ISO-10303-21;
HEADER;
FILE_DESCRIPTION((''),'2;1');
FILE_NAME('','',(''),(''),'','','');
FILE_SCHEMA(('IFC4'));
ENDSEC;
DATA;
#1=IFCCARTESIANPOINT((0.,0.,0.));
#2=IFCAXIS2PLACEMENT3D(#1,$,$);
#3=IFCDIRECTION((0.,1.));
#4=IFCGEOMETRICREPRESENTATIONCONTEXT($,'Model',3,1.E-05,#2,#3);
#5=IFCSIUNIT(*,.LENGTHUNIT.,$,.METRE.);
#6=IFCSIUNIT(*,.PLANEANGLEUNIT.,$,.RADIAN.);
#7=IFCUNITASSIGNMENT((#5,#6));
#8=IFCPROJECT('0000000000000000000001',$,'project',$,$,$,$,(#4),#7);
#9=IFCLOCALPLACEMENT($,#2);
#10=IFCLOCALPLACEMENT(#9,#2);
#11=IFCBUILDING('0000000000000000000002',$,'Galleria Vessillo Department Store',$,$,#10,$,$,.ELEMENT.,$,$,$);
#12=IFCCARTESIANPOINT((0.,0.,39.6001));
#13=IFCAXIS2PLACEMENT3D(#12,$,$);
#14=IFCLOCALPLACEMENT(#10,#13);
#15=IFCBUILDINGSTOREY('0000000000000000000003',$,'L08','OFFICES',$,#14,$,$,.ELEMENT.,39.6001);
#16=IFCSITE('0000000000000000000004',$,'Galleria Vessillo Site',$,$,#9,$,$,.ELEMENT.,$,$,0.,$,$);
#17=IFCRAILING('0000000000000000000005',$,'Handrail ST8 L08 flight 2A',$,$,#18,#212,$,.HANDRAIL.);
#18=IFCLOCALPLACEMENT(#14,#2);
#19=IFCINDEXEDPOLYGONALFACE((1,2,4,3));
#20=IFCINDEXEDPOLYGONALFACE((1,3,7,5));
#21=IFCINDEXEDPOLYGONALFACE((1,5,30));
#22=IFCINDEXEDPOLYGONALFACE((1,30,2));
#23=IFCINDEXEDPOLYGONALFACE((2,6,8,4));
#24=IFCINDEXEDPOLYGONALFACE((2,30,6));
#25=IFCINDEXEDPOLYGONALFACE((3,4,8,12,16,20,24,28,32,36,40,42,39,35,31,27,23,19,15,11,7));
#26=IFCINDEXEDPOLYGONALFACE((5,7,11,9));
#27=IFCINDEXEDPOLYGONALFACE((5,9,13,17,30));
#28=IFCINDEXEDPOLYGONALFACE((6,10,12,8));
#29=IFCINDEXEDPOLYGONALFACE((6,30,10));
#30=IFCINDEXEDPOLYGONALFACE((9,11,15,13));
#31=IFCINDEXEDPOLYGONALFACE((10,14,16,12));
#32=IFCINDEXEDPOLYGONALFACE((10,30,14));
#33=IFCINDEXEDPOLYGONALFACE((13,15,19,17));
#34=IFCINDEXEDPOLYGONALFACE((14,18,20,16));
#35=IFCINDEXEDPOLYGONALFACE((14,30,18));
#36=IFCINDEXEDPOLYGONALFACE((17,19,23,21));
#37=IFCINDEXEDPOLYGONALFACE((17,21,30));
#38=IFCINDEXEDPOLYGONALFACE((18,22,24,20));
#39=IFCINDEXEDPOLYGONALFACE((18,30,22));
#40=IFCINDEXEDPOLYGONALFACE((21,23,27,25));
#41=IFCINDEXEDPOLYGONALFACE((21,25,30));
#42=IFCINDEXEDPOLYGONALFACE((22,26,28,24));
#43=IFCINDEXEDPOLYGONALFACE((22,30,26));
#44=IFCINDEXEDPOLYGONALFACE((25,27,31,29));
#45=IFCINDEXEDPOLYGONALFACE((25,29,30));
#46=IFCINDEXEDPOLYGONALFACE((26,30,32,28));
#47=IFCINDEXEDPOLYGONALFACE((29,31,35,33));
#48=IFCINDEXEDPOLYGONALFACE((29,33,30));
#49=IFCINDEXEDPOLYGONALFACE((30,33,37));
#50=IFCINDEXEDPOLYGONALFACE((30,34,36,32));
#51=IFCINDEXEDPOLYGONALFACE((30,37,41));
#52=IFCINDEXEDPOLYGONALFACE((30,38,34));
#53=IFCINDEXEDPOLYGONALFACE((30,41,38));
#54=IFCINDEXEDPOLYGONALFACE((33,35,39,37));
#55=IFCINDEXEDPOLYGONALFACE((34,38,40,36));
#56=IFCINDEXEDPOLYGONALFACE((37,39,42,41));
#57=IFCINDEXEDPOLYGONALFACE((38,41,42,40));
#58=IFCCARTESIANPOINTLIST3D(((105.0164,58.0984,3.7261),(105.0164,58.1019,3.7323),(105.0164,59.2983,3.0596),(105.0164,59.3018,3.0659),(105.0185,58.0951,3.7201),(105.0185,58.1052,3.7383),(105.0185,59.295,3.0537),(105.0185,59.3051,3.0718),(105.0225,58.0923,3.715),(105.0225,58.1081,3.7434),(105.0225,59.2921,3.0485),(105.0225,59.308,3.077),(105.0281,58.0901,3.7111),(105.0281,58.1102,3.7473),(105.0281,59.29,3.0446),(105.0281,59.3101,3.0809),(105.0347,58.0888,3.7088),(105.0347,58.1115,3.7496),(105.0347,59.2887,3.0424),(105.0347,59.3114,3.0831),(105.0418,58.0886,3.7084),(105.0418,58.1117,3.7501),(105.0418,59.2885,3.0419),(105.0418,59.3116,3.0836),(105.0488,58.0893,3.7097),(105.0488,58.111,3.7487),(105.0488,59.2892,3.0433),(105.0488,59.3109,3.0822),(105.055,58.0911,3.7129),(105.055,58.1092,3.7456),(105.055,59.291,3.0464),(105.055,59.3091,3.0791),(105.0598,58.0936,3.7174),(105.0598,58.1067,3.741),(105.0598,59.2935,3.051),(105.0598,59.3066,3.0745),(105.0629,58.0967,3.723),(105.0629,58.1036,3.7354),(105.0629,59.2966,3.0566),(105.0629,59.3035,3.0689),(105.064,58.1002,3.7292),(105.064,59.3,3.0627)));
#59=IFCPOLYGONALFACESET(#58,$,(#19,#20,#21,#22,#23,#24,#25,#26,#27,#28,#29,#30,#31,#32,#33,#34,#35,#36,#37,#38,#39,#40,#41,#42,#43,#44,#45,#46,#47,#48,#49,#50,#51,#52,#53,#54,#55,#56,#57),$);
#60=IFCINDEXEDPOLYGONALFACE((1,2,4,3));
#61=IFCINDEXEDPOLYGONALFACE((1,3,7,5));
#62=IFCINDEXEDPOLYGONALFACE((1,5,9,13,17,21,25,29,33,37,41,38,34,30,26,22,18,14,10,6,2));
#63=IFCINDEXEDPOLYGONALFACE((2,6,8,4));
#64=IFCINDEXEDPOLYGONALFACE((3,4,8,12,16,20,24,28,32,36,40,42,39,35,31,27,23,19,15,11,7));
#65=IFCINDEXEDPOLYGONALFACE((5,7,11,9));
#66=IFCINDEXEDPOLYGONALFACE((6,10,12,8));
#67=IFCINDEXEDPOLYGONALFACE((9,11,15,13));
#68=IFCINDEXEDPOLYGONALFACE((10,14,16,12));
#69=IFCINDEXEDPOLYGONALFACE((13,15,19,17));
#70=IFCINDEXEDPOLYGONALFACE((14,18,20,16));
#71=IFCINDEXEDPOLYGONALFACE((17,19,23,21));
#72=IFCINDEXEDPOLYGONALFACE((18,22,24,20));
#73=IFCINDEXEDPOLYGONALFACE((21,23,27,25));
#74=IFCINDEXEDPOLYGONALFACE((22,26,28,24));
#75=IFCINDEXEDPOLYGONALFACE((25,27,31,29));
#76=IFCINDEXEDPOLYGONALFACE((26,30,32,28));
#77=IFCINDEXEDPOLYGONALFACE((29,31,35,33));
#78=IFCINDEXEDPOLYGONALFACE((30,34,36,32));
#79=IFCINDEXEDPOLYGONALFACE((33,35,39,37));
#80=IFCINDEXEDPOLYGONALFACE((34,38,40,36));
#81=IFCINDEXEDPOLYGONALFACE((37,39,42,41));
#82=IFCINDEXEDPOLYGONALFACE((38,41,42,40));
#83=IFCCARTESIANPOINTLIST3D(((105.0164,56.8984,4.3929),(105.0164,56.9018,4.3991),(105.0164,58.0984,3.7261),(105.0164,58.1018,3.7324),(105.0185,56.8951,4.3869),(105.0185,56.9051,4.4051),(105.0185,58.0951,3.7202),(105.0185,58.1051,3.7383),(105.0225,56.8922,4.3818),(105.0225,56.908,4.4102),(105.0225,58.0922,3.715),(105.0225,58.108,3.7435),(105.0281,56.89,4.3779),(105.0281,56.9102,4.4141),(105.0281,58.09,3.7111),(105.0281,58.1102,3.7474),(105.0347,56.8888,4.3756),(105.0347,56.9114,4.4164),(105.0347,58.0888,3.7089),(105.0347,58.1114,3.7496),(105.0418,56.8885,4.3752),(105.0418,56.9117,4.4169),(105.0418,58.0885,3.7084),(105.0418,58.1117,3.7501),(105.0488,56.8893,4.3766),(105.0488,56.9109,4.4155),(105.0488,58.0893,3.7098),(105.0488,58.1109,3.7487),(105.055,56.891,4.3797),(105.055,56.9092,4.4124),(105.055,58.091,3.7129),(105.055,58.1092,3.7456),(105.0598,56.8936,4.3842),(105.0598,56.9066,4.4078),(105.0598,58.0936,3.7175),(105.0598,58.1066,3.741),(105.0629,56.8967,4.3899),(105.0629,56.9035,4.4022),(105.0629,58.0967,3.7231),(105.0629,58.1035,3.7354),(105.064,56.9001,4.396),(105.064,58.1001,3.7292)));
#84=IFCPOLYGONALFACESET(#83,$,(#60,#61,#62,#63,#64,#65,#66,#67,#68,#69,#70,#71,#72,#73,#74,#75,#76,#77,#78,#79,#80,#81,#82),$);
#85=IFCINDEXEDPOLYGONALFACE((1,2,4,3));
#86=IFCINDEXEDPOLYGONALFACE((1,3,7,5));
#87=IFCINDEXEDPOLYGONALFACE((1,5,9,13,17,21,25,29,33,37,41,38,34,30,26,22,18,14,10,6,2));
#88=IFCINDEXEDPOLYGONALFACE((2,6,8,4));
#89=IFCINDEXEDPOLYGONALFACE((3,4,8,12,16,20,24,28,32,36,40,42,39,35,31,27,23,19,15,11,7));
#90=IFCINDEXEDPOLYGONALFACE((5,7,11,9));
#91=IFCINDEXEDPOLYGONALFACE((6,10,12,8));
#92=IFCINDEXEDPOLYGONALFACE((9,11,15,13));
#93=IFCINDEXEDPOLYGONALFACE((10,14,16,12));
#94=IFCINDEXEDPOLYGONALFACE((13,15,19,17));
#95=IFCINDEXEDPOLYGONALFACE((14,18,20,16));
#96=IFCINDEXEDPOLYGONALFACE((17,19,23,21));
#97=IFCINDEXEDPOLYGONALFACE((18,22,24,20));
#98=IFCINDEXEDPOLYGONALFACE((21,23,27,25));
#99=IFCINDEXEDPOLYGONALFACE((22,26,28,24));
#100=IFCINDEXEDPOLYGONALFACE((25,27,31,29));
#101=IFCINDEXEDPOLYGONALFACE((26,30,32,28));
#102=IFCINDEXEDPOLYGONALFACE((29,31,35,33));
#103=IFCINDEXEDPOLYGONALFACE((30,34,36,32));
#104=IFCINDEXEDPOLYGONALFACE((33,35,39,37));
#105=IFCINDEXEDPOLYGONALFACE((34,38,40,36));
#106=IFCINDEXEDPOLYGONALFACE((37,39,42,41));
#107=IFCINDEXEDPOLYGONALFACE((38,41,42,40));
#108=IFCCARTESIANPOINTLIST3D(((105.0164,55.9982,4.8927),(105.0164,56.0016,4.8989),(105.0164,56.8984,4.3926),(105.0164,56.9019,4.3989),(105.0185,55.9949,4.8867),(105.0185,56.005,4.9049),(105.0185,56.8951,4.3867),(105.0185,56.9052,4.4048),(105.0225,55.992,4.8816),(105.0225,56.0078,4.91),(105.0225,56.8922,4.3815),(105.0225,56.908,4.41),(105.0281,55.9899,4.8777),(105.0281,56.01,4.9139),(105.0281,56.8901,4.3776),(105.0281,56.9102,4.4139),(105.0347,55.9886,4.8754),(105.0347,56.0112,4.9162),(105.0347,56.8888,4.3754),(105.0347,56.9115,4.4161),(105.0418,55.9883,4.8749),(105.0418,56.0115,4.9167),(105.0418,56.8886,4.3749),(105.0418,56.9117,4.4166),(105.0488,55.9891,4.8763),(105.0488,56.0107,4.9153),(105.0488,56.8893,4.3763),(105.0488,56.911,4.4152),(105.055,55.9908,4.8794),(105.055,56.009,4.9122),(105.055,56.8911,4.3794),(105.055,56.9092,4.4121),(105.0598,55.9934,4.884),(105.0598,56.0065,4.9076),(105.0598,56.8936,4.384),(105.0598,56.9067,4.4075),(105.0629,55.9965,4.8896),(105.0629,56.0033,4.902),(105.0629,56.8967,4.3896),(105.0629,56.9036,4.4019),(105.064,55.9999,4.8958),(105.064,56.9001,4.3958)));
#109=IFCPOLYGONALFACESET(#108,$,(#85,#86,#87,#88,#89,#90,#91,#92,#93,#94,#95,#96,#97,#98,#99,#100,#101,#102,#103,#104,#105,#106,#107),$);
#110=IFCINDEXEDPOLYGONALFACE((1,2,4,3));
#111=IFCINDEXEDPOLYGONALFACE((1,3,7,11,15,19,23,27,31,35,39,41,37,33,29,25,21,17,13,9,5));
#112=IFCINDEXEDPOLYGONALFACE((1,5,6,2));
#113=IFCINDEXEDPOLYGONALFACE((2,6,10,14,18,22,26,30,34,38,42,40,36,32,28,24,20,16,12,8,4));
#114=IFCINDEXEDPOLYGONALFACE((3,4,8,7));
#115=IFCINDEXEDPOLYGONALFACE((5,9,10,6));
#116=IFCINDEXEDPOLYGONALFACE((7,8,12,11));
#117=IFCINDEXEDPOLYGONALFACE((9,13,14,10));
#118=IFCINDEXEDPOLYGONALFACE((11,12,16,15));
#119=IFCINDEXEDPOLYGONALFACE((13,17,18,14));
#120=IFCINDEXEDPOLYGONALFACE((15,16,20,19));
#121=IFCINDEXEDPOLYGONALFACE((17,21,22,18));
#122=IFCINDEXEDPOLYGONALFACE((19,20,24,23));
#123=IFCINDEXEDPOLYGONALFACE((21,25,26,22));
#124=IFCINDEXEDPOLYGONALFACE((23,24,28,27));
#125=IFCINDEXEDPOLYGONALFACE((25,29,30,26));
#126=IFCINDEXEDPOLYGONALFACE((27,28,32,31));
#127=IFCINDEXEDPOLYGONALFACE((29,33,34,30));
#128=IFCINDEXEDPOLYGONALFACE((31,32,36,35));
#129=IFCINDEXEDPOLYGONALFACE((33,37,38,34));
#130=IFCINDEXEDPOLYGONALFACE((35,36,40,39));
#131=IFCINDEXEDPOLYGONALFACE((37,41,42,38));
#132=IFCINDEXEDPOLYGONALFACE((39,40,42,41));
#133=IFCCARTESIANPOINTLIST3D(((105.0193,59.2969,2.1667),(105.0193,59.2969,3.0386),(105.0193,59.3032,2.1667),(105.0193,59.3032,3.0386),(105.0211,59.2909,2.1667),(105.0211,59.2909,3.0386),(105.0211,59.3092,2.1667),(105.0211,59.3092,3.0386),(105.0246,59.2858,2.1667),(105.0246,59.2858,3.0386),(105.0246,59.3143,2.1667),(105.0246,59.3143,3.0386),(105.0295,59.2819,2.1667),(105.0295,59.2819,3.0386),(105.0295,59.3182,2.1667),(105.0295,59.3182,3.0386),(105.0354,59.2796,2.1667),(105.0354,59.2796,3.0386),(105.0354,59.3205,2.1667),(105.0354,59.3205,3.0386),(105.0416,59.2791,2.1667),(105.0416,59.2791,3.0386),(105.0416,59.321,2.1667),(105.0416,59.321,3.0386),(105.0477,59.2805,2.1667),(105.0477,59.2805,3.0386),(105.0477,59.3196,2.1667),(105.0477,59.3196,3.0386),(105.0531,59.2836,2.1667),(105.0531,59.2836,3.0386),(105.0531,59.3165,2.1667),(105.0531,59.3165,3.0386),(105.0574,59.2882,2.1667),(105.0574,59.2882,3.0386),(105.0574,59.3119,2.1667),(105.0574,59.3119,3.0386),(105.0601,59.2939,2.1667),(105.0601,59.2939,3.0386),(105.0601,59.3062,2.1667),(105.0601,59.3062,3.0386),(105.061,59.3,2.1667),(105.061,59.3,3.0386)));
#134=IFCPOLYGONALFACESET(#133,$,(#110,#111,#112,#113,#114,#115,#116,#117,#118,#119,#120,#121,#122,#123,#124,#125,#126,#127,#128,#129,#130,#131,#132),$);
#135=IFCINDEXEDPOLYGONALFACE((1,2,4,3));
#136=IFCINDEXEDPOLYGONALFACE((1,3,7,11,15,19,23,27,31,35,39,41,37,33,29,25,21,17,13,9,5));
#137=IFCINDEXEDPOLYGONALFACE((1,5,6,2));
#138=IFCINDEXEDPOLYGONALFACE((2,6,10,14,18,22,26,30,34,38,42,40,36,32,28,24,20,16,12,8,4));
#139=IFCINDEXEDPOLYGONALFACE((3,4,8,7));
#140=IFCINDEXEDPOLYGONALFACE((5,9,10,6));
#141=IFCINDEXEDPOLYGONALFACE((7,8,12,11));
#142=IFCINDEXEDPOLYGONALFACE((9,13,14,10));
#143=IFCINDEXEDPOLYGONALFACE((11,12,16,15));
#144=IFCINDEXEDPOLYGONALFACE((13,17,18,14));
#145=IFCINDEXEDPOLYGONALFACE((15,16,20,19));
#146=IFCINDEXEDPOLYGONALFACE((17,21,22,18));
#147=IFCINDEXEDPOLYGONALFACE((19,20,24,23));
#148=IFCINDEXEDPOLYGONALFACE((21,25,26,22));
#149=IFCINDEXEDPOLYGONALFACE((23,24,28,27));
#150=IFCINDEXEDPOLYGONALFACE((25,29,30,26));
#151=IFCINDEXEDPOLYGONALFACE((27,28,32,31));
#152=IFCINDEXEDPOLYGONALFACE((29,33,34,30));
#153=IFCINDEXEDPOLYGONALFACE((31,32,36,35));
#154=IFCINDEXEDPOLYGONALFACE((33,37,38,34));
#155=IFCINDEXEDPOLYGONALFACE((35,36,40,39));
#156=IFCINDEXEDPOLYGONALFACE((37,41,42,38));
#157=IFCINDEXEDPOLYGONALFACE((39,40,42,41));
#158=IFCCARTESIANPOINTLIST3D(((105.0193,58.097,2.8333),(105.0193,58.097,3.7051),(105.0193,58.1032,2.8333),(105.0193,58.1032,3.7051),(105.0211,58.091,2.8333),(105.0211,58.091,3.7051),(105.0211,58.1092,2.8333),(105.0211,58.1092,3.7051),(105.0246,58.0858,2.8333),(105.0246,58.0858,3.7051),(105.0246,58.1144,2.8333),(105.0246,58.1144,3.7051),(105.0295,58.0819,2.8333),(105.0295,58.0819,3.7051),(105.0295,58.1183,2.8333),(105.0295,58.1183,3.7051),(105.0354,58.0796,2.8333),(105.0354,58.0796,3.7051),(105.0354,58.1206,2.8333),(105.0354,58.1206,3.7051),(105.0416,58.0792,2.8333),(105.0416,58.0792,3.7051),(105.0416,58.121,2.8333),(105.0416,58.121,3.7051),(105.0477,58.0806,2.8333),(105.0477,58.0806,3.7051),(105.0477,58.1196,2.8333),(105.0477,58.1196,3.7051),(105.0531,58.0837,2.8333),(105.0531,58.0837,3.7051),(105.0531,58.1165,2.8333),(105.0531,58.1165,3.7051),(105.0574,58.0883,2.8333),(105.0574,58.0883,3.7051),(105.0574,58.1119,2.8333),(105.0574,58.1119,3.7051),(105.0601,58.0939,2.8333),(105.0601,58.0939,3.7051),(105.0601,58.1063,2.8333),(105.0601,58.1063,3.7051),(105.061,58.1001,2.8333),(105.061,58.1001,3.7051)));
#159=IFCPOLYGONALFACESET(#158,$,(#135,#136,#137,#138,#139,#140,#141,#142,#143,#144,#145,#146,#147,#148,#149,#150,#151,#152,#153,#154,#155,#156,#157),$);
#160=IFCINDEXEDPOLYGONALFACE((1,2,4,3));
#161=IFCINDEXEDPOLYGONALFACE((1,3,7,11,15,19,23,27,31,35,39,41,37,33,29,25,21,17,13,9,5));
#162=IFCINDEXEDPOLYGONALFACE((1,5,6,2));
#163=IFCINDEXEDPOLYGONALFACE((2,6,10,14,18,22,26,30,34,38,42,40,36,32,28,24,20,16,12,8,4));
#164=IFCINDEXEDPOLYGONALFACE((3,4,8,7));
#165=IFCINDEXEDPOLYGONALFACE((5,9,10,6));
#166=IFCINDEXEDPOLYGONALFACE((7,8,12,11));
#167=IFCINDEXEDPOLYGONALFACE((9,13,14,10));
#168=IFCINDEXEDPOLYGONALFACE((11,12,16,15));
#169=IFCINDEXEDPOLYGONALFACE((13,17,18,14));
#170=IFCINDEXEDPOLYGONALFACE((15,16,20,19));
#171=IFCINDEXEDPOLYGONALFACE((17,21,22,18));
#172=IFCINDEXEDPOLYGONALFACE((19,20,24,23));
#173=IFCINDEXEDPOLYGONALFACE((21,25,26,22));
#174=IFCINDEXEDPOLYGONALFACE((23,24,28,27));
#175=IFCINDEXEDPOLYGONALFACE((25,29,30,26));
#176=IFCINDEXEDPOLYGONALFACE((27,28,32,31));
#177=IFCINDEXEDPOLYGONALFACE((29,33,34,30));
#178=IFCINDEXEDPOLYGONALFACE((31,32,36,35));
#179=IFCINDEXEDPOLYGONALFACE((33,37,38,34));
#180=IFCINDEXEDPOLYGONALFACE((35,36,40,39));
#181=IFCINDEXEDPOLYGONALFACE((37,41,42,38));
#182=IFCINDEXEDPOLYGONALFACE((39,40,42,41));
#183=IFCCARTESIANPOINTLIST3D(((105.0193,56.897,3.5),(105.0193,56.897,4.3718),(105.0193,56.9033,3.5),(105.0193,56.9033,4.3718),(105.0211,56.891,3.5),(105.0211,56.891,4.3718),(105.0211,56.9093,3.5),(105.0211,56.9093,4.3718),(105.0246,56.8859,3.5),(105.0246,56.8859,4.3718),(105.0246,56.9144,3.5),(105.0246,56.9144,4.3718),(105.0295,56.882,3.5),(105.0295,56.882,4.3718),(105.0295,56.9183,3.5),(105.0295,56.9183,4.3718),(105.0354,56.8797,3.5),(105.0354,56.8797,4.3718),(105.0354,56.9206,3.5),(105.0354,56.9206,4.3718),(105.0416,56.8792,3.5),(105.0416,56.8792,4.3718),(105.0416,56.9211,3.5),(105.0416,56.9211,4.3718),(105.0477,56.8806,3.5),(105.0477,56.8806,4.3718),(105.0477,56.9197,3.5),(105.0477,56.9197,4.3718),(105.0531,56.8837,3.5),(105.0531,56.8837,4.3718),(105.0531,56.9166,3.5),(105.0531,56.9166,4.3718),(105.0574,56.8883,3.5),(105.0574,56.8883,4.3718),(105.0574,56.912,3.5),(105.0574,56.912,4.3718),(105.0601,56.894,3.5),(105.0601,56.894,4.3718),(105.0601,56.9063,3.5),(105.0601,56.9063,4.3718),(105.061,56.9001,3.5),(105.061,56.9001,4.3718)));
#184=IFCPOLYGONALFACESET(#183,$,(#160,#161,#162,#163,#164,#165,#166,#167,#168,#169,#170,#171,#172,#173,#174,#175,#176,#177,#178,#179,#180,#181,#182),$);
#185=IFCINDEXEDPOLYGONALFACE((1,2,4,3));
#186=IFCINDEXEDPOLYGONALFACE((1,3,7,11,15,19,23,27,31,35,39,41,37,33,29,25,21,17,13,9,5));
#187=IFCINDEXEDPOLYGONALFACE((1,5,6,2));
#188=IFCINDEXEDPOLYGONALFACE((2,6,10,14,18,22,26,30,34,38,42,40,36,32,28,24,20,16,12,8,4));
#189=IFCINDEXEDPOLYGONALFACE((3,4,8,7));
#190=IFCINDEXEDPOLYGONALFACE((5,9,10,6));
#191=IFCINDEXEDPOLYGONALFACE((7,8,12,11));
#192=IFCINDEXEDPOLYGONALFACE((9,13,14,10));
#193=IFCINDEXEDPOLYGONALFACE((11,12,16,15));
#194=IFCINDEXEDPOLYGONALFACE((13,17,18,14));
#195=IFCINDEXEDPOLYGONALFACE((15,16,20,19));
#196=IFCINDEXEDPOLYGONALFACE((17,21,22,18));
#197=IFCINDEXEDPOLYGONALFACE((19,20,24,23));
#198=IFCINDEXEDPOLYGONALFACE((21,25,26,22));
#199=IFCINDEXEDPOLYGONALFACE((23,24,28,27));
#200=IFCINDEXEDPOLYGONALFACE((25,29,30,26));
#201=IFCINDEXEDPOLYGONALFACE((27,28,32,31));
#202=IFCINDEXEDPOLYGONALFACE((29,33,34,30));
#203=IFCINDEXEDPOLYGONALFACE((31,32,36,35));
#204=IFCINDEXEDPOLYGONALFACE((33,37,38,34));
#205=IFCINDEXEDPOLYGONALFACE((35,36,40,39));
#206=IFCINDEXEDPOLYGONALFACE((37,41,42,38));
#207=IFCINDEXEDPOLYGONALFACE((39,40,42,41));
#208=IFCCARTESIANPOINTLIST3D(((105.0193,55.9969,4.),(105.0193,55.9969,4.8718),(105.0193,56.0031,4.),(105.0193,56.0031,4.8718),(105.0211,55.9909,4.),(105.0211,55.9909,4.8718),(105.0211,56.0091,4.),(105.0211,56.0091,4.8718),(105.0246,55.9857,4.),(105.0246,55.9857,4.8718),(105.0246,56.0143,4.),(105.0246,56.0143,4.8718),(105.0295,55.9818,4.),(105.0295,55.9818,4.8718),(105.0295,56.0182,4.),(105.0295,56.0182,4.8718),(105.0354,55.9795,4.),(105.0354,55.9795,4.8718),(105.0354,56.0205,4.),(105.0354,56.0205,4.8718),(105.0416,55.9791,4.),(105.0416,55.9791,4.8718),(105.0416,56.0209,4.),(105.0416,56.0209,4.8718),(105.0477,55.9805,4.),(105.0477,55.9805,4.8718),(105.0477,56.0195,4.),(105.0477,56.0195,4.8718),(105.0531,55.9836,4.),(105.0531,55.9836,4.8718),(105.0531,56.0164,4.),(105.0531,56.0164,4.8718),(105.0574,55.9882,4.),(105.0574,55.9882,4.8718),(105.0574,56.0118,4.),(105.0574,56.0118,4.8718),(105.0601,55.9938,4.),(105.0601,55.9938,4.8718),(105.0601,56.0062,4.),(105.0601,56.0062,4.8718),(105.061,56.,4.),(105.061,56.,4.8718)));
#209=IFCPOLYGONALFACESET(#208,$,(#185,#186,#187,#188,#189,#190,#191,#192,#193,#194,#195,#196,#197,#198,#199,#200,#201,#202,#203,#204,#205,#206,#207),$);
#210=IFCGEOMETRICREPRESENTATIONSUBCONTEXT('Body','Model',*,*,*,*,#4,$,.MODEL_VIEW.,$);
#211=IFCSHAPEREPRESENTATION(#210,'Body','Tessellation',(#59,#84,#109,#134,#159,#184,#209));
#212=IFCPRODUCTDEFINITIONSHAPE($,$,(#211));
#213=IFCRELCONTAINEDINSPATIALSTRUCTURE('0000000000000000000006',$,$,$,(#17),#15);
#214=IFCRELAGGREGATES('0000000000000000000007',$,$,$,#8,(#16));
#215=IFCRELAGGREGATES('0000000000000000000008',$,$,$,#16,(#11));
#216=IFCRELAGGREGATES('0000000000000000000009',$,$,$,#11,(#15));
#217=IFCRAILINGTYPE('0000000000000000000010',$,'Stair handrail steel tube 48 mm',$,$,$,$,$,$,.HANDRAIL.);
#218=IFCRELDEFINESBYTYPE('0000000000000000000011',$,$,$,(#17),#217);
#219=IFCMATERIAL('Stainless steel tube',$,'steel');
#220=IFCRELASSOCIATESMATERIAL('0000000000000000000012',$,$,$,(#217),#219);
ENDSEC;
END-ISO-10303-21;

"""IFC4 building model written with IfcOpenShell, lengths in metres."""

from ifc_helpers import new_model, si_unit, direction, frame, origin, origin_2d, place, context, subcontext, project, spatial, circle, extrude, material, type_object, element, save


model = new_model("IFC4")

# Units and contexts
model_context = context("Model", 3, precision=1e-05, world=origin(), true_north=direction((0.0, 1.0)))
body_context = subcontext(model_context, "Body", "Model", "MODEL_VIEW")
ifc_project = project(units=[si_unit("LENGTHUNIT", "METRE"), si_unit("PLANEANGLEUNIT", "RADIAN")], contexts=[model_context])

# Site, building, storey
site_placement = place(None, origin())
site = spatial("IfcSite", under=ifc_project, at=site_placement, Name="Galleria Vessillo Site", CompositionType="ELEMENT", RefElevation=0.0)
building_placement = place(site_placement, origin())
building = spatial("IfcBuilding", under=site, at=building_placement, Name="Galleria Vessillo Department Store", CompositionType="ELEMENT")
storey_placement = place(building_placement, frame((0.0, 0.0, 39.6001)))
storey = spatial("IfcBuildingStorey", under=building, at=storey_placement, Name="L08", Description="OFFICES", CompositionType="ELEMENT", Elevation=39.6001)

# Railing
ifc_material_1 = material(Name="Stainless steel tube", Category="steel")
railing_type = type_object("IfcRailingType", Name="Stair handrail steel tube 48 mm", PredefinedType="HANDRAIL", material=ifc_material_1)
for number, where, name in (
    (1, (105.04, 59.3, 2.1667), "Handrail ST8 L08 flight 2A"),
):
    element("IfcRailing", number, at=place(storey_placement, frame(where)), inside=storey, type_object=railing_type, Name=name, PredefinedType="HANDRAIL", context=body_context, shape_type="SweptSolid", body=[
        extrude(circle(Radius=0.0239, at=origin_2d()), frame((0.0, 0.0, 0.896), z_axis=(0.0, -0.874199, 0.485567), x_axis=(1.0, 0.0, 0.0)), (0.0, 0.0, 1.0), 1.3726),
        extrude(circle(Radius=0.0239, at=origin_2d()), frame((0.0, -1.2, 1.5625), z_axis=(0.0, -0.874124, 0.485703), x_axis=(1.0, 0.0, 0.0)), (0.0, 0.0, 1.0), 1.3728),
        extrude(circle(Radius=0.0239, at=origin_2d()), frame((0.0, -2.3999, 2.229), z_axis=(0.0, -0.874191, 0.485583), x_axis=(1.0, 0.0, 0.0)), (0.0, 0.0, 1.0), 1.0298),
        extrude(circle(Radius=0.021, at=origin_2d()), origin(), (0.0, 0.0, 1.0), 0.8718),
        extrude(circle(Radius=0.021, at=origin_2d()), frame((0.0, -1.2, 0.6665)), (0.0, 0.0, 1.0), 0.8718),
        extrude(circle(Radius=0.021, at=origin_2d()), frame((0.0, -2.3999, 1.3333)), (0.0, 0.0, 1.0), 0.8718),
        extrude(circle(Radius=0.021, at=origin_2d()), frame((0.0, -3.3, 1.8333)), (0.0, 0.0, 1.0), 0.8718),
    ])

save(model, "model.ifc")
